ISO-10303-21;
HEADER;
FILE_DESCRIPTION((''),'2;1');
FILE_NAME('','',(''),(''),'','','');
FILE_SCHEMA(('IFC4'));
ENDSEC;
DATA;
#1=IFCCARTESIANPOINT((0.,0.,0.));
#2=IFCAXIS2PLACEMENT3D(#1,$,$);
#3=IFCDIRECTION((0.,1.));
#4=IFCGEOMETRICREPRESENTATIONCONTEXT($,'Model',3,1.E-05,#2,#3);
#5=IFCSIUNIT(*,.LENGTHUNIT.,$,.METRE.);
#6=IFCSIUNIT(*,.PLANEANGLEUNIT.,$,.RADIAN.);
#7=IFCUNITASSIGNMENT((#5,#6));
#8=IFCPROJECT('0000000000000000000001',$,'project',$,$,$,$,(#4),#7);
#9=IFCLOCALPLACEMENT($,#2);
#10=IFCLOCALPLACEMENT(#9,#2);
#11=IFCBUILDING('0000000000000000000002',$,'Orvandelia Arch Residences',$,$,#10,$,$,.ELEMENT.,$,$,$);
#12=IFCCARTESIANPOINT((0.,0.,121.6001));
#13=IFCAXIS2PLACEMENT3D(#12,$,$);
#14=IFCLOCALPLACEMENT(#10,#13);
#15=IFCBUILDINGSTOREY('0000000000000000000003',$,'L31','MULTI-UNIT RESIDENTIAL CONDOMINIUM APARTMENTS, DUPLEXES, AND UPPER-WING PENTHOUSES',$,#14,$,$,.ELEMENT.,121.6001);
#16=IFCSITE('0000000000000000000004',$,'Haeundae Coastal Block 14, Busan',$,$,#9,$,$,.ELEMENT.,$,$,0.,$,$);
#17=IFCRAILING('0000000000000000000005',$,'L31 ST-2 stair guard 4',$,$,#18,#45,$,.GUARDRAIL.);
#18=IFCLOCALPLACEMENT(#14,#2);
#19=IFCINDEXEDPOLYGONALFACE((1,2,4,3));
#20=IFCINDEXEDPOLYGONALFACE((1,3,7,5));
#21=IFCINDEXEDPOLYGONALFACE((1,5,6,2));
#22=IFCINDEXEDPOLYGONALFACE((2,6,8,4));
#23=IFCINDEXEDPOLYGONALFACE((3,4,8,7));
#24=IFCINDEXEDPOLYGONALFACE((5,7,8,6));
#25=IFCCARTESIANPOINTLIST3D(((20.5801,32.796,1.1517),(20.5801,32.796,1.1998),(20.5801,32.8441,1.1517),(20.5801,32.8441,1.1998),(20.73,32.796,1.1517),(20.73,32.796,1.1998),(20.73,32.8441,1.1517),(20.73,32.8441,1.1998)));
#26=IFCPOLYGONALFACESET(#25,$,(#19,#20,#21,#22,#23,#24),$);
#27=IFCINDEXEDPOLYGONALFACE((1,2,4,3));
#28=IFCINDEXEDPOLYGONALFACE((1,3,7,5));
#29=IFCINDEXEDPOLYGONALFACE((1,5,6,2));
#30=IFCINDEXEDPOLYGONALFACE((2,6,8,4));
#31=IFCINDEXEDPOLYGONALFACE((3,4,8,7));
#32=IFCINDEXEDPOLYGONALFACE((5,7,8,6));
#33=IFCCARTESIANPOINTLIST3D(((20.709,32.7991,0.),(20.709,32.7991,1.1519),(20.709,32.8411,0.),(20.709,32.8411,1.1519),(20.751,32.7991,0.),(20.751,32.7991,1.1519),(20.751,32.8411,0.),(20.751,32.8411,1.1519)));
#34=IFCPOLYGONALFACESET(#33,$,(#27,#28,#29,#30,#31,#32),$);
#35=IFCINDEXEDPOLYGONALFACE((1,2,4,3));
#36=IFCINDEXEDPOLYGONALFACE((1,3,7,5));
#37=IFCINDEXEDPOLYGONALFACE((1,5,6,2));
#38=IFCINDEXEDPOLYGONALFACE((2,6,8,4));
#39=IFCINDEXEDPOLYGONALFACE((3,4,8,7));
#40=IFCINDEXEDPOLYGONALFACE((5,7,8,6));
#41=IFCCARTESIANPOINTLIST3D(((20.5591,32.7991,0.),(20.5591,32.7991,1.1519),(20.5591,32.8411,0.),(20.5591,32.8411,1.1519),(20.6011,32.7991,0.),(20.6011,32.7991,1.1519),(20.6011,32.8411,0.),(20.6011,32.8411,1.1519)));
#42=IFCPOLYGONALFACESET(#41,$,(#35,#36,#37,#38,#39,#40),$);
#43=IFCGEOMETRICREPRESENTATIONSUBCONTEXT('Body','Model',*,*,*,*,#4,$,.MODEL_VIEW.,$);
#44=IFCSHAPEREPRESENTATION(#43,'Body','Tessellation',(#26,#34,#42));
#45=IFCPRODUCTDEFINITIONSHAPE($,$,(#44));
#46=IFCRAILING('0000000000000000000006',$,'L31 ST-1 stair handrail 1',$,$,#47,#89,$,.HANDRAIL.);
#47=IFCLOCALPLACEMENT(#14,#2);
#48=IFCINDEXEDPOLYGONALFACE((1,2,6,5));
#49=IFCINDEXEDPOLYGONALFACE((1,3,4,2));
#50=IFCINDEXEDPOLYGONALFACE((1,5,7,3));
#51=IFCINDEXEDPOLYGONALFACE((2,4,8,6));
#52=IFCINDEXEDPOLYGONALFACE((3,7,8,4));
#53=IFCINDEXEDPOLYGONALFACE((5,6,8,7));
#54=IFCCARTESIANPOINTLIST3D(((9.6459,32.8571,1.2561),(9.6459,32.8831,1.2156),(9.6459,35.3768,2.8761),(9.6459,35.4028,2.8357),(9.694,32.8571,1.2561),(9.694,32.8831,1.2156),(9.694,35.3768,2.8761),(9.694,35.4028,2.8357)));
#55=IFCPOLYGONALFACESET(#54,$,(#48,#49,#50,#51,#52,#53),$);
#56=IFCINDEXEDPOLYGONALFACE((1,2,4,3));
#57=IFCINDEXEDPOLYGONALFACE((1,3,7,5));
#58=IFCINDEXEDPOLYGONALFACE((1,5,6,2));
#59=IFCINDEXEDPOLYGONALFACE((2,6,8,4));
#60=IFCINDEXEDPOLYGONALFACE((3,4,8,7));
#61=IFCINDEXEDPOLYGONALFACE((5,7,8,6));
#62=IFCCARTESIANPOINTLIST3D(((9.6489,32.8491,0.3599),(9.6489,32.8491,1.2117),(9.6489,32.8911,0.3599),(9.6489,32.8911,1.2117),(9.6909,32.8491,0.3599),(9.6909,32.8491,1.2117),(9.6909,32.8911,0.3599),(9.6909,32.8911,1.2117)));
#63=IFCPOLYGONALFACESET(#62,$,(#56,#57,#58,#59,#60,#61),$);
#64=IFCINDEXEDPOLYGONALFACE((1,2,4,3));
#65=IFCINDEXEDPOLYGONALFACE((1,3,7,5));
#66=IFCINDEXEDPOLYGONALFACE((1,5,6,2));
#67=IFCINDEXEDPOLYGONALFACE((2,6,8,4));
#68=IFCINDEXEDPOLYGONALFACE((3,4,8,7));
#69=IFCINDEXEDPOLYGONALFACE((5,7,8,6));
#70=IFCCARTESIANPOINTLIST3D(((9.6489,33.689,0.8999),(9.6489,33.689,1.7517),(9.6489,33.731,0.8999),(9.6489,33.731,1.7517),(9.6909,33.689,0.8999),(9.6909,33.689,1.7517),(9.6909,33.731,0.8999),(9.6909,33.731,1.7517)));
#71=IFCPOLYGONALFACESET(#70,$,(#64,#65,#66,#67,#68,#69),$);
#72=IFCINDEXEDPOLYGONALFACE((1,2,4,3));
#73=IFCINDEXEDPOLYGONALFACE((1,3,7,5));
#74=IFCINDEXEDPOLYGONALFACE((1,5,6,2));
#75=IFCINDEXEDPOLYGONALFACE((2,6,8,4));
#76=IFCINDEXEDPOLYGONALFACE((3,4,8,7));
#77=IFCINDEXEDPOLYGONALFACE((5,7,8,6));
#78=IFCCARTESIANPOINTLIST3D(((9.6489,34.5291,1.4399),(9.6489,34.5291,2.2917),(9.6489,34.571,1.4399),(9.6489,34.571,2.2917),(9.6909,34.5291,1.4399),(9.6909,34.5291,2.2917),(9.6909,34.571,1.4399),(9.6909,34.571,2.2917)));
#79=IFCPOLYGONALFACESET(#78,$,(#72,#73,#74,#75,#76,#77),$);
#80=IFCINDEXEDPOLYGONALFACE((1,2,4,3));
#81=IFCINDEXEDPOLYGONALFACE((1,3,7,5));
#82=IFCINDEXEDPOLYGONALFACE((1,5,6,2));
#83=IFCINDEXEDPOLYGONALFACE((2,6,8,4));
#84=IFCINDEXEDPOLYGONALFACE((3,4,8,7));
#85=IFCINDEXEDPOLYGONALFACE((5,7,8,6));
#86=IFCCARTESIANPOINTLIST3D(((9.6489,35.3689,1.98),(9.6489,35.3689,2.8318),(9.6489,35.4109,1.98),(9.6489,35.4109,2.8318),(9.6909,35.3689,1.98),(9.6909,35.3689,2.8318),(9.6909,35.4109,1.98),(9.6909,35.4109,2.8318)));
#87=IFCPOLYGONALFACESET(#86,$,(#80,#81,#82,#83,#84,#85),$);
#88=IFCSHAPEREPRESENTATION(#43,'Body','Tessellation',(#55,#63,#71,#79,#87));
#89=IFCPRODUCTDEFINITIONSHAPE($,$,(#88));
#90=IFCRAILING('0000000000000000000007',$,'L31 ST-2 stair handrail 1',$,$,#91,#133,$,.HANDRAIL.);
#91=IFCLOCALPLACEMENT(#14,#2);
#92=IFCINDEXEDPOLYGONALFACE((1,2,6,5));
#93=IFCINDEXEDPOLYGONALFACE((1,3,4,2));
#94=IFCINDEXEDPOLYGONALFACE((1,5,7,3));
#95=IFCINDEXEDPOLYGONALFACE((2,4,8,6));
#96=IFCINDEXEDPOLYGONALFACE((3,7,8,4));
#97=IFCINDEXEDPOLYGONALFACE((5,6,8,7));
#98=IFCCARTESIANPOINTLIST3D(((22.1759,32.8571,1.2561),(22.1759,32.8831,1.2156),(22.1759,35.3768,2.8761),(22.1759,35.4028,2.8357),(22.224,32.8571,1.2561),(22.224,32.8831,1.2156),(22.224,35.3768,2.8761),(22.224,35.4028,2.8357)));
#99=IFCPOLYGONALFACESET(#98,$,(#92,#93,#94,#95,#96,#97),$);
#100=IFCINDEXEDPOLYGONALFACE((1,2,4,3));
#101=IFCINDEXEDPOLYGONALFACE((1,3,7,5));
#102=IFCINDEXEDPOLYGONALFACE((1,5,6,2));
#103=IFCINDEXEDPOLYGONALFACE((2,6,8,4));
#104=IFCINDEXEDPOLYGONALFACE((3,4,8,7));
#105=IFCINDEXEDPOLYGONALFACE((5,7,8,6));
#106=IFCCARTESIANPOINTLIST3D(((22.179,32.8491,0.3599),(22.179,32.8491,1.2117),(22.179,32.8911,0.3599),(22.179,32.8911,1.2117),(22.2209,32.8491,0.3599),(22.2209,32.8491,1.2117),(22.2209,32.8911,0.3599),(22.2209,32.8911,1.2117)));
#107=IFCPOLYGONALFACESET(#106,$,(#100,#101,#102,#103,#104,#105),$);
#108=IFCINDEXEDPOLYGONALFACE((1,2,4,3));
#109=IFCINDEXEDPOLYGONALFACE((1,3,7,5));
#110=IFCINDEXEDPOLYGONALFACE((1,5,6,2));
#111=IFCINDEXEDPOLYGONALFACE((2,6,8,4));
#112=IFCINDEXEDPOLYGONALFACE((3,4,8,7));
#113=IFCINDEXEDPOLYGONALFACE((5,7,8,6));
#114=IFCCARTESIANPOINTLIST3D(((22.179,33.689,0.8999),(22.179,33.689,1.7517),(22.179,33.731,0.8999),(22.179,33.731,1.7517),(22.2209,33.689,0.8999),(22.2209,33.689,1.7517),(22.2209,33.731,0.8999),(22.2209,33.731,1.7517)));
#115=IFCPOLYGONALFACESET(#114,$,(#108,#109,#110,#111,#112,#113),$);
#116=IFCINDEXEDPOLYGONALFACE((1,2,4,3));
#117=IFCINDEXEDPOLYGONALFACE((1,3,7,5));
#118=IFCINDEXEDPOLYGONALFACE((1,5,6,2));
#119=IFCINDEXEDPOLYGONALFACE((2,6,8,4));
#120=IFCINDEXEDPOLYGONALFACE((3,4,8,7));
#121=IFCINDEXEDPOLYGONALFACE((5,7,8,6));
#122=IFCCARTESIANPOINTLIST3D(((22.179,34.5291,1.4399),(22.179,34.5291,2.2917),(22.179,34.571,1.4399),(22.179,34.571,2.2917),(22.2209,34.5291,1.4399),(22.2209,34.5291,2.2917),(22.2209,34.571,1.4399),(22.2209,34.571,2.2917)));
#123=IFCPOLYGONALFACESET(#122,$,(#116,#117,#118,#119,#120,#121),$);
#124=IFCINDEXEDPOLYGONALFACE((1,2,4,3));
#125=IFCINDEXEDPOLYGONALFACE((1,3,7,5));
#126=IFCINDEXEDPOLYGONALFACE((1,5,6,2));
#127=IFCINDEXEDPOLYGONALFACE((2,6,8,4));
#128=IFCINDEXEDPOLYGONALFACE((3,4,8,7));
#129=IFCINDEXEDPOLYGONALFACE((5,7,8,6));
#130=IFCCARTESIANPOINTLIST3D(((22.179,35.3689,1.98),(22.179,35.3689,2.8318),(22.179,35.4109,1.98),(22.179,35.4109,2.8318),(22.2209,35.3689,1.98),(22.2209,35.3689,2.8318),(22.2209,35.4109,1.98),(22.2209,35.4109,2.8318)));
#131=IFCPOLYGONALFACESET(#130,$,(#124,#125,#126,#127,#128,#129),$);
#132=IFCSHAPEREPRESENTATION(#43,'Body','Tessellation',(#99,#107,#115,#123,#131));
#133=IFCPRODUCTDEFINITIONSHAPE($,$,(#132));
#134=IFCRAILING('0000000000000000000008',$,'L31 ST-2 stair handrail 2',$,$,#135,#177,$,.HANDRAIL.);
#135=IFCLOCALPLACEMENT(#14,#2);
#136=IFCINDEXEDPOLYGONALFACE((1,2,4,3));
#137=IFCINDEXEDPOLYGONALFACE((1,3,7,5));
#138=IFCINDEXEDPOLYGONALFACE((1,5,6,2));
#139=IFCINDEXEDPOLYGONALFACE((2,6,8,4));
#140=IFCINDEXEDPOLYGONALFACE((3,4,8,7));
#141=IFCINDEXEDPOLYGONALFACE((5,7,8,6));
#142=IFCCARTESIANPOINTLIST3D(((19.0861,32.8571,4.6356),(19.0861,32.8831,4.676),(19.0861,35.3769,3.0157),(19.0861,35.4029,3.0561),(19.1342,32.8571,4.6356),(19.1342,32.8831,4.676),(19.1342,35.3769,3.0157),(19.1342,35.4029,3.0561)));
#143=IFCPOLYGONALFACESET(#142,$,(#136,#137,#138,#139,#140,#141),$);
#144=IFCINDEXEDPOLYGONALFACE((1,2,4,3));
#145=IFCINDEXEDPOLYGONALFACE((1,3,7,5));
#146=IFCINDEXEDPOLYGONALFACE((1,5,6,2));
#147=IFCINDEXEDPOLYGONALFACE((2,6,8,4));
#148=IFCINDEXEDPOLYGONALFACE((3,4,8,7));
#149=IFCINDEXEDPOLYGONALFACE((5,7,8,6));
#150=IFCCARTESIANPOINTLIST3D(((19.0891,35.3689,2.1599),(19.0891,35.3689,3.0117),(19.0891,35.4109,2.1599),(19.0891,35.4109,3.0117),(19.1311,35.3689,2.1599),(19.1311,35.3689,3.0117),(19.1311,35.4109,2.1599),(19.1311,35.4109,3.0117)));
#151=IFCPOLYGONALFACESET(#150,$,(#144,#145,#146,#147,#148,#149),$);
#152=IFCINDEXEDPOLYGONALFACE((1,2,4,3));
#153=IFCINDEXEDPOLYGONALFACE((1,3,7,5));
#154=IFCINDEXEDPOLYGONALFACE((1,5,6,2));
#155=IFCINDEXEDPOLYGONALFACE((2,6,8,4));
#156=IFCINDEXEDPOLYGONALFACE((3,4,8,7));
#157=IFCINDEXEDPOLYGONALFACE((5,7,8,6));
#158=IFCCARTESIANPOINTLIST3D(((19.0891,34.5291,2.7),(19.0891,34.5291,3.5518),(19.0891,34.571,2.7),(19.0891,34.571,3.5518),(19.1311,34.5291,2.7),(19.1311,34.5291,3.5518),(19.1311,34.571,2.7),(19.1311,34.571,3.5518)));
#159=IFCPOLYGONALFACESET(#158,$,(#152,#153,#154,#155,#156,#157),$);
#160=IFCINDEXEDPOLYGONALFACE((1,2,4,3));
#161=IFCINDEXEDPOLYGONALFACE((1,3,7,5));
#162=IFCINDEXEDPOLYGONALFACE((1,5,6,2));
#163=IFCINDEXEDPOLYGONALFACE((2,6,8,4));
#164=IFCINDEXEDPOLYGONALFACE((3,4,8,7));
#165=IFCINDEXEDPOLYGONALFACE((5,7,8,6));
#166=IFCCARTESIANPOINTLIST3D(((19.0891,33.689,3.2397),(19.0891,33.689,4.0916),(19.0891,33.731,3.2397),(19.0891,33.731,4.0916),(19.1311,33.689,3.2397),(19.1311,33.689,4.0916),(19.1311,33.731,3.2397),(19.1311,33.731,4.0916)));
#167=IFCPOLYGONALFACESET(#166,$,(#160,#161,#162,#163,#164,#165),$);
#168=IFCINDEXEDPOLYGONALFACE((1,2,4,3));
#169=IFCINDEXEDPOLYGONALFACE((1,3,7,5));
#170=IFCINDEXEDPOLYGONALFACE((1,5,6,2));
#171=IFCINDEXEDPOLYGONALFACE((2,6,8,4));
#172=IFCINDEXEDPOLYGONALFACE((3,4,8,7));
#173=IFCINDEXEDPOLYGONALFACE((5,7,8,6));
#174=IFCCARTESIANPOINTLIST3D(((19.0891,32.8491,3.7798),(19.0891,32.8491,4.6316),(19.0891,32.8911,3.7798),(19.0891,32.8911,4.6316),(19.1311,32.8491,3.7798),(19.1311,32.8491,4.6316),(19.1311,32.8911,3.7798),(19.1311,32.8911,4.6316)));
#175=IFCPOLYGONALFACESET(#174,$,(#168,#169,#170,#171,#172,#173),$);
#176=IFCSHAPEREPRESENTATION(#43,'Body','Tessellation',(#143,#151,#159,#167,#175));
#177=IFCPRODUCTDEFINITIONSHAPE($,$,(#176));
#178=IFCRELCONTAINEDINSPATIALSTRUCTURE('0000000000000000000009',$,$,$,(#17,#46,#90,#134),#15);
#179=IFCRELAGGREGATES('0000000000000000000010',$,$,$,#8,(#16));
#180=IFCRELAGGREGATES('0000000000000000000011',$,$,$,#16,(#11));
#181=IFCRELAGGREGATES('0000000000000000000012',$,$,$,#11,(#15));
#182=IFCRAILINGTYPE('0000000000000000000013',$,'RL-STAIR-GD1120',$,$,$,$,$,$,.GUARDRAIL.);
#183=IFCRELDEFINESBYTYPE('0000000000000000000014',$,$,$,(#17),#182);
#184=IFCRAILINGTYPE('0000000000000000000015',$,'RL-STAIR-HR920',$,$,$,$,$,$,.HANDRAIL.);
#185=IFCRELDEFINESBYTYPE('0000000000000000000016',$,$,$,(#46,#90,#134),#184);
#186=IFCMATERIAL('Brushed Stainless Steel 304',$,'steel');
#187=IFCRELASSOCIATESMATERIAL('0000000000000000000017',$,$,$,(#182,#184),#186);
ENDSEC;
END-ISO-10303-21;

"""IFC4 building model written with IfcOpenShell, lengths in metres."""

from ifc_helpers import new_model, si_unit, direction, frame, origin, origin_2d, place, context, subcontext, project, spatial, rectangle, extrude, material, type_object, element, save


model = new_model("IFC4")

# Units and contexts
model_context = context("Model", 3, precision=1e-05, world=origin(), true_north=direction((0.0, 1.0)))
body_context = subcontext(model_context, "Body", "Model", "MODEL_VIEW")
ifc_project = project(units=[si_unit("LENGTHUNIT", "METRE"), si_unit("PLANEANGLEUNIT", "RADIAN")], contexts=[model_context])

# Site, building, storey
site_placement = place(None, origin())
site = spatial("IfcSite", under=ifc_project, at=site_placement, Name="Haeundae Coastal Block 14, Busan", CompositionType="ELEMENT", RefElevation=0.0)
building_placement = place(site_placement, origin())
building = spatial("IfcBuilding", under=site, at=building_placement, Name="Orvandelia Arch Residences", CompositionType="ELEMENT")
storey_placement = place(building_placement, frame((0.0, 0.0, 121.6001)))
storey = spatial("IfcBuildingStorey", under=building, at=storey_placement, Name="L31", Description="MULTI-UNIT RESIDENTIAL CONDOMINIUM APARTMENTS, DUPLEXES, AND UPPER-WING PENTHOUSES", CompositionType="ELEMENT", Elevation=121.6001)

# Railings
ifc_material_1 = material(Name="Brushed Stainless Steel 304", Category="steel")
railing_type_1 = type_object("IfcRailingType", Name="RL-STAIR-GD1120", PredefinedType="GUARDRAIL", material=ifc_material_1)
railing_1_placement = place(storey_placement, frame((20.73, 32.8201, 0.0)))
element("IfcRailing", 1, at=railing_1_placement, inside=storey, type_object=railing_type_1, Name="L31 ST-2 stair guard 4", PredefinedType="GUARDRAIL", context=body_context, shape_type="SweptSolid", body=[
    extrude(rectangle(XDim=0.0481, YDim=0.0481, at=origin_2d()), frame((0.0, 0.0, 1.1758), z_axis=(-1.0, 0.0, 0.0), x_axis=(0.0, -1.0, 0.0)), (0.0, 0.0, 1.0), 0.1499),
    extrude(rectangle(XDim=0.042, YDim=0.042, at=origin_2d()), origin(), (0.0, 0.0, 1.0), 1.1519),
    extrude(rectangle(XDim=0.042, YDim=0.042, at=origin_2d()), frame((-0.1499, 0.0, 0.0)), (0.0, 0.0, 1.0), 1.1519),
])
railing_type_2 = type_object("IfcRailingType", Name="RL-STAIR-HR920", PredefinedType="HANDRAIL", material=ifc_material_1)
for number, where, name in (
    (2, (9.6699, 32.8701, 0.3599), "L31 ST-1 stair handrail 1"),
    (3, (22.2, 32.8701, 0.3599), "L31 ST-2 stair handrail 1"),
):
    element("IfcRailing", number, at=place(storey_placement, frame(where)), inside=storey, type_object=railing_type_2, Name=name, PredefinedType="HANDRAIL", context=body_context, shape_type="SweptSolid", body=[
        extrude(rectangle(XDim=0.0481, YDim=0.0481, at=origin_2d()), frame((0.0, 0.0, 0.876), z_axis=(0.0, 0.841139, 0.540819), x_axis=(-1.0, 0.0, 0.0)), (0.0, 0.0, 1.0), 2.9956),
        extrude(rectangle(XDim=0.042, YDim=0.042, at=origin_2d()), origin(), (0.0, 0.0, 1.0), 0.8518),
        extrude(rectangle(XDim=0.042, YDim=0.042, at=origin_2d()), frame((0.0, 0.8398, 0.54)), (0.0, 0.0, 1.0), 0.8518),
        extrude(rectangle(XDim=0.042, YDim=0.042, at=origin_2d()), frame((0.0, 1.6799, 1.0801)), (0.0, 0.0, 1.0), 0.8518),
        extrude(rectangle(XDim=0.042, YDim=0.042, at=origin_2d()), frame((0.0, 2.5198, 1.6201)), (0.0, 0.0, 1.0), 0.8518),
    ])
railing_2_placement = place(storey_placement, frame((19.1101, 35.3899, 2.1599)))
element("IfcRailing", 4, at=railing_2_placement, inside=storey, type_object=railing_type_2, Name="L31 ST-2 stair handrail 2", PredefinedType="HANDRAIL", context=body_context, shape_type="SweptSolid", body=[
    extrude(rectangle(XDim=0.0481, YDim=0.0481, at=origin_2d()), frame((0.0, 0.0, 0.876), z_axis=(0.0, -0.841176, 0.540762), x_axis=(1.0, 0.0, 0.0)), (0.0, 0.0, 1.0), 2.9956),
    extrude(rectangle(XDim=0.042, YDim=0.042, at=origin_2d()), origin(), (0.0, 0.0, 1.0), 0.8518),
    extrude(rectangle(XDim=0.042, YDim=0.042, at=origin_2d()), frame((0.0, -0.8398, 0.54)), (0.0, 0.0, 1.0), 0.8518),
    extrude(rectangle(XDim=0.042, YDim=0.042, at=origin_2d()), frame((0.0, -1.6799, 1.0798)), (0.0, 0.0, 1.0), 0.8518),
    extrude(rectangle(XDim=0.042, YDim=0.042, at=origin_2d()), frame((0.0, -2.5198, 1.6199)), (0.0, 0.0, 1.0), 0.8518),
])

save(model, "model.ifc")
